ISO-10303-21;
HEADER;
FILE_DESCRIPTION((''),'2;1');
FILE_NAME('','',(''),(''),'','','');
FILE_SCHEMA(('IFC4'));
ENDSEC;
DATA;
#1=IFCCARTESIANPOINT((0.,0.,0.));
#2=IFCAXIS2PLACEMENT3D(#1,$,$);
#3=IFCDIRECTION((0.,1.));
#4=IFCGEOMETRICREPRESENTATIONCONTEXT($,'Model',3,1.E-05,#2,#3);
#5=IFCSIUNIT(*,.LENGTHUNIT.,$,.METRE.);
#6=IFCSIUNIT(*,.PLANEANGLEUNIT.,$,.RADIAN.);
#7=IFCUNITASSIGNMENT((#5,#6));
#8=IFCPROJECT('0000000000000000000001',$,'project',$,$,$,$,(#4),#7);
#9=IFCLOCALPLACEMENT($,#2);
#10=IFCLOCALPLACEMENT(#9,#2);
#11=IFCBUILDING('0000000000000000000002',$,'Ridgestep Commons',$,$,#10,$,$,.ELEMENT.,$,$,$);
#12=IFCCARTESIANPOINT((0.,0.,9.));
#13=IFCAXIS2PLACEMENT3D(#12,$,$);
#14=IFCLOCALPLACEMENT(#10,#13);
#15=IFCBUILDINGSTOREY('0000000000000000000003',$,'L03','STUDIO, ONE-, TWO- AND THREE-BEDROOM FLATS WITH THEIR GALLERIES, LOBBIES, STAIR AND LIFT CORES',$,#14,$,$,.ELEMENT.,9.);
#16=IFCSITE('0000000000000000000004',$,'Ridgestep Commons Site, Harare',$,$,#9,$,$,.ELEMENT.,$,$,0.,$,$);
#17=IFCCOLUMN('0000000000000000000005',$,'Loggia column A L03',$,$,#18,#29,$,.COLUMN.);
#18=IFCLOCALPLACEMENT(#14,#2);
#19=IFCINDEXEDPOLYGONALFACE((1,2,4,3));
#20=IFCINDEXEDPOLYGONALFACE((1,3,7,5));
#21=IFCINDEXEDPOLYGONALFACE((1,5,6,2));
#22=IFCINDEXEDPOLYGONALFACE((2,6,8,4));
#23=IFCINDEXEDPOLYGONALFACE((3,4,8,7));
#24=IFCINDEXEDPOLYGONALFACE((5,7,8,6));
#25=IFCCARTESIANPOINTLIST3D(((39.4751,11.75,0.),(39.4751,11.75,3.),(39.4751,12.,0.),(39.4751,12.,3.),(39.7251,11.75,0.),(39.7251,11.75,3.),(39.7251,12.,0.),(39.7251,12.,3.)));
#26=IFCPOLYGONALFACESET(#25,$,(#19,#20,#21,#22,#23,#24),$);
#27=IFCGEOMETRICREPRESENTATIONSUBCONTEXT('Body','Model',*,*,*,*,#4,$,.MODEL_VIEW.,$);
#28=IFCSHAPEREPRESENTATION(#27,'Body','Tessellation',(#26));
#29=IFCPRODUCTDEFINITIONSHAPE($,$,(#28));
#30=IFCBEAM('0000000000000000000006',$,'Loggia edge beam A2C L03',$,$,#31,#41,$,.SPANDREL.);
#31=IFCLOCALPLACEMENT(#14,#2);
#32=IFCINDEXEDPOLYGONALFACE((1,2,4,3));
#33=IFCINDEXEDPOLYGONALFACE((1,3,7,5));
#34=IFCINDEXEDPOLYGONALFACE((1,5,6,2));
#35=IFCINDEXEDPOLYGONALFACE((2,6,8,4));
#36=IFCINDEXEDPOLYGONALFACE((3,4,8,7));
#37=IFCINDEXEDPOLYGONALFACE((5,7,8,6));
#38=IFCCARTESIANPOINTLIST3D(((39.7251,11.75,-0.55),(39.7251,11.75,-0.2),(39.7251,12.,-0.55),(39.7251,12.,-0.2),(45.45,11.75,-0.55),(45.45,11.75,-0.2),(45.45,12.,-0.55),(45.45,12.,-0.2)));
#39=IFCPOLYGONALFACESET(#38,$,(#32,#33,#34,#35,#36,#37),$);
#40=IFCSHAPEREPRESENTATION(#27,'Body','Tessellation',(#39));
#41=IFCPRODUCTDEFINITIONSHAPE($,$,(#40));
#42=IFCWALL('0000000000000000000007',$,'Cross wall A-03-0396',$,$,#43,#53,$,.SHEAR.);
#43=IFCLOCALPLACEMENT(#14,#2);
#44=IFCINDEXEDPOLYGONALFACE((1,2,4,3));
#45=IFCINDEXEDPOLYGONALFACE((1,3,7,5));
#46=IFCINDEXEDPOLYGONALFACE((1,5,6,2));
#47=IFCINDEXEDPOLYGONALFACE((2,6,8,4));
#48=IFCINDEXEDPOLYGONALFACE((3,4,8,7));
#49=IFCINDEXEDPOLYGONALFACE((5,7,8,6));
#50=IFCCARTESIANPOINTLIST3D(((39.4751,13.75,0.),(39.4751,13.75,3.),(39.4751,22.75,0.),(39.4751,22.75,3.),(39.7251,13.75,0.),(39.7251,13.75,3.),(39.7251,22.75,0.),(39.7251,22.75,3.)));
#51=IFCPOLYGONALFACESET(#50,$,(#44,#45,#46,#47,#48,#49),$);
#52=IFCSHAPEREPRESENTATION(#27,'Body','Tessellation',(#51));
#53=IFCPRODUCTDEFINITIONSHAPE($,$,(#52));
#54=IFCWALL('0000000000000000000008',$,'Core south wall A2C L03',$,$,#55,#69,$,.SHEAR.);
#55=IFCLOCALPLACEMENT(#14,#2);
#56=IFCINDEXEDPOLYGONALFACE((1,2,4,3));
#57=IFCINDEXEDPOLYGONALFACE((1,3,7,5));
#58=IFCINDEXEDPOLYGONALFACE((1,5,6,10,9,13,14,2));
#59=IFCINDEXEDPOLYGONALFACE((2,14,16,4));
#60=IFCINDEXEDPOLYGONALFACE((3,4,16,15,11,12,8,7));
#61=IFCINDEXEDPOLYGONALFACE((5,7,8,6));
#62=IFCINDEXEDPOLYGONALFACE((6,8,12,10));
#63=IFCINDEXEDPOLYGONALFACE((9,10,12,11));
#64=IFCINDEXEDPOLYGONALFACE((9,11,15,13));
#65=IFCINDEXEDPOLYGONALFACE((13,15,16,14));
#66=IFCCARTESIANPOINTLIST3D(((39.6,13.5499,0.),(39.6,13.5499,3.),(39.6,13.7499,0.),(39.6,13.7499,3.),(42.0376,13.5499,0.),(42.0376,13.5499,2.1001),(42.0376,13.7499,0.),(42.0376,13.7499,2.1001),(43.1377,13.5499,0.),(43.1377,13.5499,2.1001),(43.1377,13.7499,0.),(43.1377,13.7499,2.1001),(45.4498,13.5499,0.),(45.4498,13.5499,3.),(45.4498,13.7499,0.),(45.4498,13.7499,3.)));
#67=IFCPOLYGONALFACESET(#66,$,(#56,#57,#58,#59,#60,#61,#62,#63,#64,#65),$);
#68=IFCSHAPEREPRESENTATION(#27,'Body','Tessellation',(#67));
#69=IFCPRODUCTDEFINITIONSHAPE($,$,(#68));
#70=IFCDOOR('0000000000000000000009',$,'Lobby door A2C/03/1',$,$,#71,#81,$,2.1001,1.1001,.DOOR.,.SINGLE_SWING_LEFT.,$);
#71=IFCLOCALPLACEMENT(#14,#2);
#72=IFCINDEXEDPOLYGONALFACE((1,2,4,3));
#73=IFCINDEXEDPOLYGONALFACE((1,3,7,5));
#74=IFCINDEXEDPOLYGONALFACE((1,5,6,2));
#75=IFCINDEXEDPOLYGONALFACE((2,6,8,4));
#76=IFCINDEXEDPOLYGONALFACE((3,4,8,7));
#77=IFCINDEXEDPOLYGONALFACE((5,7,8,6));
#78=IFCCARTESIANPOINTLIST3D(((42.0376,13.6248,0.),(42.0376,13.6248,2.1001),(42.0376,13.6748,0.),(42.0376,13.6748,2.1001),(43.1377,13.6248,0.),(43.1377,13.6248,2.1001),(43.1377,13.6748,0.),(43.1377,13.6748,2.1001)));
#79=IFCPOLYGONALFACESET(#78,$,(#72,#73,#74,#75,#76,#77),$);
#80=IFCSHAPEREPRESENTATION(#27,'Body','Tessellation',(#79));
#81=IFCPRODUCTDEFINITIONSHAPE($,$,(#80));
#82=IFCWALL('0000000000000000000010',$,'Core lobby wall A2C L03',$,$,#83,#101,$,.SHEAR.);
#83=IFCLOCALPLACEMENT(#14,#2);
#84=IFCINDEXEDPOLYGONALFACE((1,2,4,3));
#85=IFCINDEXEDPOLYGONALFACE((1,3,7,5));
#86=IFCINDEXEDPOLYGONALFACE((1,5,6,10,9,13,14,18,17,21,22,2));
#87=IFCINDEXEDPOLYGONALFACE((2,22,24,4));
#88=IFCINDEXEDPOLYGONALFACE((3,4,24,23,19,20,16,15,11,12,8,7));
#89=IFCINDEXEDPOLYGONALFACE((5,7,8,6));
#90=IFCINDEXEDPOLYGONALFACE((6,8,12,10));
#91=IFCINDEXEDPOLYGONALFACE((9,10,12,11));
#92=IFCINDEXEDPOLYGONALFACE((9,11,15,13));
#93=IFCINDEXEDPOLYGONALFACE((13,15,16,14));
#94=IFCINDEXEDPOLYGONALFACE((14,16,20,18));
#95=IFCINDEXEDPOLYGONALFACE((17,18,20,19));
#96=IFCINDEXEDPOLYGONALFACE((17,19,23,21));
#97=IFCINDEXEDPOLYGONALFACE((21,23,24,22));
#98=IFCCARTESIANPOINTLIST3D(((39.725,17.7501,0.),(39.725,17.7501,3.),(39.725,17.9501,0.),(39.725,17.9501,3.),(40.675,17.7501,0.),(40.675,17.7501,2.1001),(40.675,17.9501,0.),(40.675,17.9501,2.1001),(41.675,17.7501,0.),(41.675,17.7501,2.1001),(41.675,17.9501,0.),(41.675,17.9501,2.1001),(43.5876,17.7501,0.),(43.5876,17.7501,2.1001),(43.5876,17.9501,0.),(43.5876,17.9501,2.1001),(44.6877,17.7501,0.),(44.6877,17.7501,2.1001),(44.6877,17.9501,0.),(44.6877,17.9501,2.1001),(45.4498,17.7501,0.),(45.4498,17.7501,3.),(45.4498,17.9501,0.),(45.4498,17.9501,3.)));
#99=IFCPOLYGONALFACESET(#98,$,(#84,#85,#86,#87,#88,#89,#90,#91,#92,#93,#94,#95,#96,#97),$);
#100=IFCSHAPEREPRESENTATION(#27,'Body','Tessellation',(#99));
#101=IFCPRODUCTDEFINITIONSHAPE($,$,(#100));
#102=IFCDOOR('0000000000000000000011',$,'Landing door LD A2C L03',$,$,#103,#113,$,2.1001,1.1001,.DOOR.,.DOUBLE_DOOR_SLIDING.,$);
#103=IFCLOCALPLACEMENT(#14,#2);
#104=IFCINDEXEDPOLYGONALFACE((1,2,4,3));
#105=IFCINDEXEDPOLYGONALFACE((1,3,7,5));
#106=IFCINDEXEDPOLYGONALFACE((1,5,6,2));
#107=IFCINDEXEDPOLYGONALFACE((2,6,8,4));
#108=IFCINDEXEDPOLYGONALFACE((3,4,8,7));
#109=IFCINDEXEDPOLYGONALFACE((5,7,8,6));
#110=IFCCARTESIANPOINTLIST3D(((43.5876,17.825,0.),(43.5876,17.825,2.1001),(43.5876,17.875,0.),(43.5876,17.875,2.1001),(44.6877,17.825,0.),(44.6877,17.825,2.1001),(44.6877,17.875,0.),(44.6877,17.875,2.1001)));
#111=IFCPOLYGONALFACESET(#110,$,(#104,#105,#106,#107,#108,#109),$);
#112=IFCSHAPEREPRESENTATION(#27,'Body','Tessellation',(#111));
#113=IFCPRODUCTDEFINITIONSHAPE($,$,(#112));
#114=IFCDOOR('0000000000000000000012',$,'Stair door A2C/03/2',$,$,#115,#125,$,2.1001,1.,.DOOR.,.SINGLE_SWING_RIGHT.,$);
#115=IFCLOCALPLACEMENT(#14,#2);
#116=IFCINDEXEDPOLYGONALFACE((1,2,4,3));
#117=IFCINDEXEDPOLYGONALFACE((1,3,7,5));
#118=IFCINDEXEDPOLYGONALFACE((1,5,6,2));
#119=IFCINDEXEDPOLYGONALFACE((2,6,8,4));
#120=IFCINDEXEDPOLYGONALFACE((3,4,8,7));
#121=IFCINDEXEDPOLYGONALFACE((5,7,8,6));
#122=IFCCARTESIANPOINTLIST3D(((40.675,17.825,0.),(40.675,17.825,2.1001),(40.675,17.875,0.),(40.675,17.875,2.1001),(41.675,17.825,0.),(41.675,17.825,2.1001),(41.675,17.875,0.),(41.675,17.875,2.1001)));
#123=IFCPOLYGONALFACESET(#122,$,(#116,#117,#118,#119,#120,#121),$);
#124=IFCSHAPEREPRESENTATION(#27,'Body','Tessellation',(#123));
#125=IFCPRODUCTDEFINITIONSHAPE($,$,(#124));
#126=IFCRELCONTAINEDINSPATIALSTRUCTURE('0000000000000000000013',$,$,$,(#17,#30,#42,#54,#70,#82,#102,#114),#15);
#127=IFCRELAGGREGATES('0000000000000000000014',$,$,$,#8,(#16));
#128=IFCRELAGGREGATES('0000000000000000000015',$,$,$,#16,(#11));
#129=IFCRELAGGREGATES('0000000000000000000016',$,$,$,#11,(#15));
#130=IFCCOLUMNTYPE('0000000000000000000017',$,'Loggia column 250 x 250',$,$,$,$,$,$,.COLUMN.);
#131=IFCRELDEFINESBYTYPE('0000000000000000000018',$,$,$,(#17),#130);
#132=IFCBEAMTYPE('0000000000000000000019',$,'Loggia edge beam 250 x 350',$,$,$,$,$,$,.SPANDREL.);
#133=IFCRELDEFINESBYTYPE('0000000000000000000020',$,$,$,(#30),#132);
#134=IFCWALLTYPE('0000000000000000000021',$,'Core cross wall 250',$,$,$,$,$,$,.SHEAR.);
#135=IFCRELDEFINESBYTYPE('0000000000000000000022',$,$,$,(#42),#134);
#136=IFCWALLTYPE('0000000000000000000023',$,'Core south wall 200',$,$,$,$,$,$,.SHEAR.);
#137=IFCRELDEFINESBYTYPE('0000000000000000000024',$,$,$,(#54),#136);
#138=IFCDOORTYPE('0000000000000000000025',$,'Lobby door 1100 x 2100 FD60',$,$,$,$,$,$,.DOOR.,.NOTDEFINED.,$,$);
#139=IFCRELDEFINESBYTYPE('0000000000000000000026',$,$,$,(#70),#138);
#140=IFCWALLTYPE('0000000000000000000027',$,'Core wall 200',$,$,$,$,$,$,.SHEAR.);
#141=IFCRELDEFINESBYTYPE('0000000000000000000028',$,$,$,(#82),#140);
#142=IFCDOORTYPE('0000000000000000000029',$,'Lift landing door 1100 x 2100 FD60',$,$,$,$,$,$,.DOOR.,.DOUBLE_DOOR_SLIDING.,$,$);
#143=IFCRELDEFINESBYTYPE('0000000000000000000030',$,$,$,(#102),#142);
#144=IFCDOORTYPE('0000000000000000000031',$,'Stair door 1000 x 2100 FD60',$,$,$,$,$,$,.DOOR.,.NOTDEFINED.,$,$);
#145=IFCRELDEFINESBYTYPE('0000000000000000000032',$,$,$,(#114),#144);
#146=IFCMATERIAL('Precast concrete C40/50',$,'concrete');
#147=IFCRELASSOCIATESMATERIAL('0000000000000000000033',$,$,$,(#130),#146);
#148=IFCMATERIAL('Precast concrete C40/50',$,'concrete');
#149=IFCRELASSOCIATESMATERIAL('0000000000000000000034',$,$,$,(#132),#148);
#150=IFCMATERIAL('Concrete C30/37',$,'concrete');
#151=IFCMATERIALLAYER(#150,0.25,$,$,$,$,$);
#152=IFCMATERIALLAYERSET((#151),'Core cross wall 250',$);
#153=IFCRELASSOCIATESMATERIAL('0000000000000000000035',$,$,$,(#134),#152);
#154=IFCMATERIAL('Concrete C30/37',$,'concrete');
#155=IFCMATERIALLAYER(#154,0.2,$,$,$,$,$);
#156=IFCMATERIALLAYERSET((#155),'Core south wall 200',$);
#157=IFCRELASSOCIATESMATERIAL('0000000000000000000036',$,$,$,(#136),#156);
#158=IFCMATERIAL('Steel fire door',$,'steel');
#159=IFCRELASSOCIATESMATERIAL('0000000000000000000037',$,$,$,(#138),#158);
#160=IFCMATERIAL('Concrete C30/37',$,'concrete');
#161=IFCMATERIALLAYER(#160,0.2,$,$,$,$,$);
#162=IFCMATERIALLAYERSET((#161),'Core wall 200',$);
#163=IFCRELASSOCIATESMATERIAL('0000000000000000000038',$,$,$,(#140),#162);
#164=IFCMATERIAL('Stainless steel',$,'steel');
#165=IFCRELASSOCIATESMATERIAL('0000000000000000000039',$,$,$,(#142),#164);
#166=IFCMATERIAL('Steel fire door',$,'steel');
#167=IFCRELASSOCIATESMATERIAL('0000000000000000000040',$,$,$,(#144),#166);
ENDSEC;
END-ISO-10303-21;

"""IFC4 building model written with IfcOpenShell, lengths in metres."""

from ifc_helpers import new_model, si_unit, direction, frame, frame_2d, origin, origin_2d, place, context, subcontext, project, spatial, rectangle, extrude, material, layer, layer_set, material_profile, profile_set, type_object, element, fill, save


model = new_model("IFC4")

# Units and contexts
model_context = context("Model", 3, precision=1e-05, world=origin(), true_north=direction((0.0, 1.0)))
body_context = subcontext(model_context, "Body", "Model", "MODEL_VIEW")
ifc_project = project(units=[si_unit("LENGTHUNIT", "METRE"), si_unit("PLANEANGLEUNIT", "RADIAN")], contexts=[model_context])

# Site, building, storey
site_placement = place(None, origin())
site = spatial("IfcSite", under=ifc_project, at=site_placement, Name="Ridgestep Commons Site, Harare", CompositionType="ELEMENT", RefElevation=0.0)
building_placement = place(site_placement, origin())
building = spatial("IfcBuilding", under=site, at=building_placement, Name="Ridgestep Commons", CompositionType="ELEMENT")
storey_placement = place(building_placement, frame((0.0, 0.0, 9.0)))
storey = spatial("IfcBuildingStorey", under=building, at=storey_placement, Name="L03", Description="STUDIO, ONE-, TWO- AND THREE-BEDROOM FLATS WITH THEIR GALLERIES, LOBBIES, STAIR AND LIFT CORES", CompositionType="ELEMENT", Elevation=9.0)

# Column
ifc_material_1 = material(Name="Precast concrete C40/50", Category="concrete")
ifc_material_profile_1 = material_profile(ifc_material_1, rectangle(XDim=0.25, YDim=0.25, at=origin_2d()), Name="PC 250x250")
ifc_profile_set_1 = profile_set([ifc_material_profile_1], Name="Precast concrete C40/50")
column_type = type_object("IfcColumnType", Name="Loggia column 250 x 250", PredefinedType="COLUMN", material=ifc_profile_set_1)
column_placement = place(storey_placement, frame((39.6001, 11.875, 0.0), z_axis=(0.0, 0.0, 1.0), x_axis=(1.0, 0.0, 0.0)))
element("IfcColumn", 1, at=column_placement, inside=storey, type_object=column_type, Name="Loggia column A L03", PredefinedType="COLUMN", context=body_context, shape_type="SweptSolid", body=[
    extrude(rectangle(XDim=0.25, YDim=0.25, at=origin_2d()), origin(), (0.0, 0.0, 1.0), 3.0),
])

# Beam
ifc_material_2 = material(Name="Precast concrete C40/50", Category="concrete")
ifc_material_profile_2 = material_profile(ifc_material_2, rectangle(XDim=0.25, YDim=0.3501, at=origin_2d()), Name="PC 250x350")
ifc_profile_set_2 = profile_set([ifc_material_profile_2], Name="Precast concrete C40/50")
beam_type = type_object("IfcBeamType", Name="Loggia edge beam 250 x 350", PredefinedType="SPANDREL", material=ifc_profile_set_2)
beam_placement = place(storey_placement, frame((39.7251, 11.875, -0.375), z_axis=(1.0, 0.0, 0.0), x_axis=(0.0, 1.0, 0.0)))
element("IfcBeam", 2, at=beam_placement, inside=storey, type_object=beam_type, Name="Loggia edge beam A2C L03", PredefinedType="SPANDREL", context=body_context, shape_type="SweptSolid", body=[
    extrude(rectangle(XDim=0.25, YDim=0.3501, at=origin_2d()), origin(), (0.0, 0.0, 1.0), 5.7249),
])

# Wall
ifc_material_3 = material(Name="Concrete C30/37", Category="concrete")
ifc_layer_1 = layer(ifc_material_3, 0.25)
ifc_layer_set_1 = layer_set([ifc_layer_1], Name="Core cross wall 250")
wall_type_1 = type_object("IfcWallType", Name="Core cross wall 250", PredefinedType="SHEAR", material=ifc_layer_set_1)
wall_1_placement = place(storey_placement, frame((39.6001, 13.75, 0.0), z_axis=(0.0, 0.0, 1.0), x_axis=(0.0, 1.0, 0.0)))
element("IfcWall", 3, at=wall_1_placement, inside=storey, type_object=wall_type_1, Name="Cross wall A-03-0396", PredefinedType="SHEAR", context=body_context, shape_type="SweptSolid", body=[
    extrude(rectangle(XDim=9.0, YDim=0.25, at=frame_2d((4.5, 0.0))), origin(), (0.0, 0.0, 1.0), 3.0),
])

# Wall, opening, door
ifc_material_4 = material(Name="Concrete C30/37", Category="concrete")
ifc_layer_2 = layer(ifc_material_4, 0.2)
ifc_layer_set_2 = layer_set([ifc_layer_2], Name="Core south wall 200")
wall_type_2 = type_object("IfcWallType", Name="Core south wall 200", PredefinedType="SHEAR", material=ifc_layer_set_2)
wall_2_placement = place(storey_placement, frame((39.6001, 13.6499, 0.0), z_axis=(0.0, 0.0, 1.0), x_axis=(1.0, 0.0, 0.0)))
wall_2 = element("IfcWall", 4, at=wall_2_placement, inside=storey, type_object=wall_type_2, Name="Core south wall A2C L03", PredefinedType="SHEAR", context=body_context, shape_type="SweptSolid", body=[
    extrude(rectangle(XDim=5.8499, YDim=0.2, at=frame_2d((2.9248, 0.0))), origin(), (0.0, 0.0, 1.0), 3.0),
])
opening_1_placement = place(wall_2_placement, frame((2.4375, 0.0, 0.0)))
opening_1 = element("IfcOpeningElement", 5, at=opening_1_placement, cuts=wall_2, PredefinedType="OPENING", context=body_context, shape_type="SweptSolid", body=[
    extrude(rectangle(XDim=1.1001, YDim=2.1001, at=frame_2d((0.55, 1.05))), frame((0.0, 0.1099, 0.0), z_axis=(0.0, -1.0, 0.0), x_axis=(1.0, 0.0, 0.0)), (0.0, 0.0, 1.0), 0.22),
])
ifc_material_5 = material(Name="Steel fire door", Category="steel")
door_type_1 = type_object("IfcDoorType", Name="Lobby door 1100 x 2100 FD60", OperationType="NOTDEFINED", PredefinedType="DOOR", material=ifc_material_5)
door_1_placement = place(opening_1_placement, origin())
door_1 = element("IfcDoor", 6, at=door_1_placement, inside=storey, type_object=door_type_1, Name="Lobby door A2C/03/1", OperationType="SINGLE_SWING_LEFT", OverallHeight=2.1001, OverallWidth=1.1001, PredefinedType="DOOR", context=body_context, shape_type="SweptSolid", body=[
    extrude(rectangle(XDim=1.1001, YDim=2.1001, at=frame_2d((0.55, 1.05))), frame((0.0, 0.0249, 0.0), z_axis=(0.0, -1.0, 0.0), x_axis=(1.0, 0.0, 0.0)), (0.0, 0.0, 1.0), 0.05),
])
fill(opening_1, door_1)

# Wall, openings, doors
ifc_material_6 = material(Name="Concrete C30/37", Category="concrete")
ifc_layer_3 = layer(ifc_material_6, 0.2)
ifc_layer_set_3 = layer_set([ifc_layer_3], Name="Core wall 200")
wall_type_3 = type_object("IfcWallType", Name="Core wall 200", PredefinedType="SHEAR", material=ifc_layer_set_3)
wall_3_placement = place(storey_placement, frame((39.7251, 17.8501, 0.0), z_axis=(0.0, 0.0, 1.0), x_axis=(1.0, 0.0, 0.0)))
wall_3 = element("IfcWall", 7, at=wall_3_placement, inside=storey, type_object=wall_type_3, Name="Core lobby wall A2C L03", PredefinedType="SHEAR", context=body_context, shape_type="SweptSolid", body=[
    extrude(rectangle(XDim=5.7249, YDim=0.2, at=frame_2d((2.8623, 0.0))), origin(), (0.0, 0.0, 1.0), 3.0),
])
opening_2_placement = place(wall_3_placement, frame((0.95, 0.0, 0.0)))
opening_2 = element("IfcOpeningElement", 8, at=opening_2_placement, cuts=wall_3, PredefinedType="OPENING", context=body_context, shape_type="SweptSolid", body=[
    extrude(rectangle(XDim=1.0, YDim=2.1001, at=frame_2d((0.5, 1.05))), frame((0.0, 0.1099, 0.0), z_axis=(0.0, -1.0, 0.0), x_axis=(1.0, 0.0, 0.0)), (0.0, 0.0, 1.0), 0.22),
])
opening_3_placement = place(wall_3_placement, frame((3.8625, 0.0, 0.0)))
opening_3 = element("IfcOpeningElement", 9, at=opening_3_placement, cuts=wall_3, PredefinedType="OPENING", context=body_context, shape_type="SweptSolid", body=[
    extrude(rectangle(XDim=1.1001, YDim=2.1001, at=frame_2d((0.55, 1.05))), frame((0.0, 0.1099, 0.0), z_axis=(0.0, -1.0, 0.0), x_axis=(1.0, 0.0, 0.0)), (0.0, 0.0, 1.0), 0.22),
])
ifc_material_7 = material(Name="Stainless steel", Category="steel")
door_type_2 = type_object("IfcDoorType", Name="Lift landing door 1100 x 2100 FD60", OperationType="DOUBLE_DOOR_SLIDING", PredefinedType="DOOR", material=ifc_material_7)
door_2_placement = place(opening_3_placement, origin())
door_2 = element("IfcDoor", 10, at=door_2_placement, inside=storey, type_object=door_type_2, Name="Landing door LD A2C L03", OperationType="DOUBLE_DOOR_SLIDING", OverallHeight=2.1001, OverallWidth=1.1001, PredefinedType="DOOR", context=body_context, shape_type="SweptSolid", body=[
    extrude(rectangle(XDim=1.1001, YDim=2.1001, at=frame_2d((0.55, 1.05))), frame((0.0, 0.0249, 0.0), z_axis=(0.0, -1.0, 0.0), x_axis=(1.0, 0.0, 0.0)), (0.0, 0.0, 1.0), 0.05),
])
fill(opening_3, door_2)
ifc_material_8 = material(Name="Steel fire door", Category="steel")
door_type_3 = type_object("IfcDoorType", Name="Stair door 1000 x 2100 FD60", OperationType="NOTDEFINED", PredefinedType="DOOR", material=ifc_material_8)
door_3_placement = place(opening_2_placement, origin())
door_3 = element("IfcDoor", 11, at=door_3_placement, inside=storey, type_object=door_type_3, Name="Stair door A2C/03/2", OperationType="SINGLE_SWING_RIGHT", OverallHeight=2.1001, OverallWidth=1.0, PredefinedType="DOOR", context=body_context, shape_type="SweptSolid", body=[
    extrude(rectangle(XDim=1.0, YDim=2.1001, at=frame_2d((0.5, 1.05))), frame((0.0, 0.0249, 0.0), z_axis=(0.0, -1.0, 0.0), x_axis=(1.0, 0.0, 0.0)), (0.0, 0.0, 1.0), 0.05),
])
fill(opening_2, door_3)

save(model, "model.ifc")
